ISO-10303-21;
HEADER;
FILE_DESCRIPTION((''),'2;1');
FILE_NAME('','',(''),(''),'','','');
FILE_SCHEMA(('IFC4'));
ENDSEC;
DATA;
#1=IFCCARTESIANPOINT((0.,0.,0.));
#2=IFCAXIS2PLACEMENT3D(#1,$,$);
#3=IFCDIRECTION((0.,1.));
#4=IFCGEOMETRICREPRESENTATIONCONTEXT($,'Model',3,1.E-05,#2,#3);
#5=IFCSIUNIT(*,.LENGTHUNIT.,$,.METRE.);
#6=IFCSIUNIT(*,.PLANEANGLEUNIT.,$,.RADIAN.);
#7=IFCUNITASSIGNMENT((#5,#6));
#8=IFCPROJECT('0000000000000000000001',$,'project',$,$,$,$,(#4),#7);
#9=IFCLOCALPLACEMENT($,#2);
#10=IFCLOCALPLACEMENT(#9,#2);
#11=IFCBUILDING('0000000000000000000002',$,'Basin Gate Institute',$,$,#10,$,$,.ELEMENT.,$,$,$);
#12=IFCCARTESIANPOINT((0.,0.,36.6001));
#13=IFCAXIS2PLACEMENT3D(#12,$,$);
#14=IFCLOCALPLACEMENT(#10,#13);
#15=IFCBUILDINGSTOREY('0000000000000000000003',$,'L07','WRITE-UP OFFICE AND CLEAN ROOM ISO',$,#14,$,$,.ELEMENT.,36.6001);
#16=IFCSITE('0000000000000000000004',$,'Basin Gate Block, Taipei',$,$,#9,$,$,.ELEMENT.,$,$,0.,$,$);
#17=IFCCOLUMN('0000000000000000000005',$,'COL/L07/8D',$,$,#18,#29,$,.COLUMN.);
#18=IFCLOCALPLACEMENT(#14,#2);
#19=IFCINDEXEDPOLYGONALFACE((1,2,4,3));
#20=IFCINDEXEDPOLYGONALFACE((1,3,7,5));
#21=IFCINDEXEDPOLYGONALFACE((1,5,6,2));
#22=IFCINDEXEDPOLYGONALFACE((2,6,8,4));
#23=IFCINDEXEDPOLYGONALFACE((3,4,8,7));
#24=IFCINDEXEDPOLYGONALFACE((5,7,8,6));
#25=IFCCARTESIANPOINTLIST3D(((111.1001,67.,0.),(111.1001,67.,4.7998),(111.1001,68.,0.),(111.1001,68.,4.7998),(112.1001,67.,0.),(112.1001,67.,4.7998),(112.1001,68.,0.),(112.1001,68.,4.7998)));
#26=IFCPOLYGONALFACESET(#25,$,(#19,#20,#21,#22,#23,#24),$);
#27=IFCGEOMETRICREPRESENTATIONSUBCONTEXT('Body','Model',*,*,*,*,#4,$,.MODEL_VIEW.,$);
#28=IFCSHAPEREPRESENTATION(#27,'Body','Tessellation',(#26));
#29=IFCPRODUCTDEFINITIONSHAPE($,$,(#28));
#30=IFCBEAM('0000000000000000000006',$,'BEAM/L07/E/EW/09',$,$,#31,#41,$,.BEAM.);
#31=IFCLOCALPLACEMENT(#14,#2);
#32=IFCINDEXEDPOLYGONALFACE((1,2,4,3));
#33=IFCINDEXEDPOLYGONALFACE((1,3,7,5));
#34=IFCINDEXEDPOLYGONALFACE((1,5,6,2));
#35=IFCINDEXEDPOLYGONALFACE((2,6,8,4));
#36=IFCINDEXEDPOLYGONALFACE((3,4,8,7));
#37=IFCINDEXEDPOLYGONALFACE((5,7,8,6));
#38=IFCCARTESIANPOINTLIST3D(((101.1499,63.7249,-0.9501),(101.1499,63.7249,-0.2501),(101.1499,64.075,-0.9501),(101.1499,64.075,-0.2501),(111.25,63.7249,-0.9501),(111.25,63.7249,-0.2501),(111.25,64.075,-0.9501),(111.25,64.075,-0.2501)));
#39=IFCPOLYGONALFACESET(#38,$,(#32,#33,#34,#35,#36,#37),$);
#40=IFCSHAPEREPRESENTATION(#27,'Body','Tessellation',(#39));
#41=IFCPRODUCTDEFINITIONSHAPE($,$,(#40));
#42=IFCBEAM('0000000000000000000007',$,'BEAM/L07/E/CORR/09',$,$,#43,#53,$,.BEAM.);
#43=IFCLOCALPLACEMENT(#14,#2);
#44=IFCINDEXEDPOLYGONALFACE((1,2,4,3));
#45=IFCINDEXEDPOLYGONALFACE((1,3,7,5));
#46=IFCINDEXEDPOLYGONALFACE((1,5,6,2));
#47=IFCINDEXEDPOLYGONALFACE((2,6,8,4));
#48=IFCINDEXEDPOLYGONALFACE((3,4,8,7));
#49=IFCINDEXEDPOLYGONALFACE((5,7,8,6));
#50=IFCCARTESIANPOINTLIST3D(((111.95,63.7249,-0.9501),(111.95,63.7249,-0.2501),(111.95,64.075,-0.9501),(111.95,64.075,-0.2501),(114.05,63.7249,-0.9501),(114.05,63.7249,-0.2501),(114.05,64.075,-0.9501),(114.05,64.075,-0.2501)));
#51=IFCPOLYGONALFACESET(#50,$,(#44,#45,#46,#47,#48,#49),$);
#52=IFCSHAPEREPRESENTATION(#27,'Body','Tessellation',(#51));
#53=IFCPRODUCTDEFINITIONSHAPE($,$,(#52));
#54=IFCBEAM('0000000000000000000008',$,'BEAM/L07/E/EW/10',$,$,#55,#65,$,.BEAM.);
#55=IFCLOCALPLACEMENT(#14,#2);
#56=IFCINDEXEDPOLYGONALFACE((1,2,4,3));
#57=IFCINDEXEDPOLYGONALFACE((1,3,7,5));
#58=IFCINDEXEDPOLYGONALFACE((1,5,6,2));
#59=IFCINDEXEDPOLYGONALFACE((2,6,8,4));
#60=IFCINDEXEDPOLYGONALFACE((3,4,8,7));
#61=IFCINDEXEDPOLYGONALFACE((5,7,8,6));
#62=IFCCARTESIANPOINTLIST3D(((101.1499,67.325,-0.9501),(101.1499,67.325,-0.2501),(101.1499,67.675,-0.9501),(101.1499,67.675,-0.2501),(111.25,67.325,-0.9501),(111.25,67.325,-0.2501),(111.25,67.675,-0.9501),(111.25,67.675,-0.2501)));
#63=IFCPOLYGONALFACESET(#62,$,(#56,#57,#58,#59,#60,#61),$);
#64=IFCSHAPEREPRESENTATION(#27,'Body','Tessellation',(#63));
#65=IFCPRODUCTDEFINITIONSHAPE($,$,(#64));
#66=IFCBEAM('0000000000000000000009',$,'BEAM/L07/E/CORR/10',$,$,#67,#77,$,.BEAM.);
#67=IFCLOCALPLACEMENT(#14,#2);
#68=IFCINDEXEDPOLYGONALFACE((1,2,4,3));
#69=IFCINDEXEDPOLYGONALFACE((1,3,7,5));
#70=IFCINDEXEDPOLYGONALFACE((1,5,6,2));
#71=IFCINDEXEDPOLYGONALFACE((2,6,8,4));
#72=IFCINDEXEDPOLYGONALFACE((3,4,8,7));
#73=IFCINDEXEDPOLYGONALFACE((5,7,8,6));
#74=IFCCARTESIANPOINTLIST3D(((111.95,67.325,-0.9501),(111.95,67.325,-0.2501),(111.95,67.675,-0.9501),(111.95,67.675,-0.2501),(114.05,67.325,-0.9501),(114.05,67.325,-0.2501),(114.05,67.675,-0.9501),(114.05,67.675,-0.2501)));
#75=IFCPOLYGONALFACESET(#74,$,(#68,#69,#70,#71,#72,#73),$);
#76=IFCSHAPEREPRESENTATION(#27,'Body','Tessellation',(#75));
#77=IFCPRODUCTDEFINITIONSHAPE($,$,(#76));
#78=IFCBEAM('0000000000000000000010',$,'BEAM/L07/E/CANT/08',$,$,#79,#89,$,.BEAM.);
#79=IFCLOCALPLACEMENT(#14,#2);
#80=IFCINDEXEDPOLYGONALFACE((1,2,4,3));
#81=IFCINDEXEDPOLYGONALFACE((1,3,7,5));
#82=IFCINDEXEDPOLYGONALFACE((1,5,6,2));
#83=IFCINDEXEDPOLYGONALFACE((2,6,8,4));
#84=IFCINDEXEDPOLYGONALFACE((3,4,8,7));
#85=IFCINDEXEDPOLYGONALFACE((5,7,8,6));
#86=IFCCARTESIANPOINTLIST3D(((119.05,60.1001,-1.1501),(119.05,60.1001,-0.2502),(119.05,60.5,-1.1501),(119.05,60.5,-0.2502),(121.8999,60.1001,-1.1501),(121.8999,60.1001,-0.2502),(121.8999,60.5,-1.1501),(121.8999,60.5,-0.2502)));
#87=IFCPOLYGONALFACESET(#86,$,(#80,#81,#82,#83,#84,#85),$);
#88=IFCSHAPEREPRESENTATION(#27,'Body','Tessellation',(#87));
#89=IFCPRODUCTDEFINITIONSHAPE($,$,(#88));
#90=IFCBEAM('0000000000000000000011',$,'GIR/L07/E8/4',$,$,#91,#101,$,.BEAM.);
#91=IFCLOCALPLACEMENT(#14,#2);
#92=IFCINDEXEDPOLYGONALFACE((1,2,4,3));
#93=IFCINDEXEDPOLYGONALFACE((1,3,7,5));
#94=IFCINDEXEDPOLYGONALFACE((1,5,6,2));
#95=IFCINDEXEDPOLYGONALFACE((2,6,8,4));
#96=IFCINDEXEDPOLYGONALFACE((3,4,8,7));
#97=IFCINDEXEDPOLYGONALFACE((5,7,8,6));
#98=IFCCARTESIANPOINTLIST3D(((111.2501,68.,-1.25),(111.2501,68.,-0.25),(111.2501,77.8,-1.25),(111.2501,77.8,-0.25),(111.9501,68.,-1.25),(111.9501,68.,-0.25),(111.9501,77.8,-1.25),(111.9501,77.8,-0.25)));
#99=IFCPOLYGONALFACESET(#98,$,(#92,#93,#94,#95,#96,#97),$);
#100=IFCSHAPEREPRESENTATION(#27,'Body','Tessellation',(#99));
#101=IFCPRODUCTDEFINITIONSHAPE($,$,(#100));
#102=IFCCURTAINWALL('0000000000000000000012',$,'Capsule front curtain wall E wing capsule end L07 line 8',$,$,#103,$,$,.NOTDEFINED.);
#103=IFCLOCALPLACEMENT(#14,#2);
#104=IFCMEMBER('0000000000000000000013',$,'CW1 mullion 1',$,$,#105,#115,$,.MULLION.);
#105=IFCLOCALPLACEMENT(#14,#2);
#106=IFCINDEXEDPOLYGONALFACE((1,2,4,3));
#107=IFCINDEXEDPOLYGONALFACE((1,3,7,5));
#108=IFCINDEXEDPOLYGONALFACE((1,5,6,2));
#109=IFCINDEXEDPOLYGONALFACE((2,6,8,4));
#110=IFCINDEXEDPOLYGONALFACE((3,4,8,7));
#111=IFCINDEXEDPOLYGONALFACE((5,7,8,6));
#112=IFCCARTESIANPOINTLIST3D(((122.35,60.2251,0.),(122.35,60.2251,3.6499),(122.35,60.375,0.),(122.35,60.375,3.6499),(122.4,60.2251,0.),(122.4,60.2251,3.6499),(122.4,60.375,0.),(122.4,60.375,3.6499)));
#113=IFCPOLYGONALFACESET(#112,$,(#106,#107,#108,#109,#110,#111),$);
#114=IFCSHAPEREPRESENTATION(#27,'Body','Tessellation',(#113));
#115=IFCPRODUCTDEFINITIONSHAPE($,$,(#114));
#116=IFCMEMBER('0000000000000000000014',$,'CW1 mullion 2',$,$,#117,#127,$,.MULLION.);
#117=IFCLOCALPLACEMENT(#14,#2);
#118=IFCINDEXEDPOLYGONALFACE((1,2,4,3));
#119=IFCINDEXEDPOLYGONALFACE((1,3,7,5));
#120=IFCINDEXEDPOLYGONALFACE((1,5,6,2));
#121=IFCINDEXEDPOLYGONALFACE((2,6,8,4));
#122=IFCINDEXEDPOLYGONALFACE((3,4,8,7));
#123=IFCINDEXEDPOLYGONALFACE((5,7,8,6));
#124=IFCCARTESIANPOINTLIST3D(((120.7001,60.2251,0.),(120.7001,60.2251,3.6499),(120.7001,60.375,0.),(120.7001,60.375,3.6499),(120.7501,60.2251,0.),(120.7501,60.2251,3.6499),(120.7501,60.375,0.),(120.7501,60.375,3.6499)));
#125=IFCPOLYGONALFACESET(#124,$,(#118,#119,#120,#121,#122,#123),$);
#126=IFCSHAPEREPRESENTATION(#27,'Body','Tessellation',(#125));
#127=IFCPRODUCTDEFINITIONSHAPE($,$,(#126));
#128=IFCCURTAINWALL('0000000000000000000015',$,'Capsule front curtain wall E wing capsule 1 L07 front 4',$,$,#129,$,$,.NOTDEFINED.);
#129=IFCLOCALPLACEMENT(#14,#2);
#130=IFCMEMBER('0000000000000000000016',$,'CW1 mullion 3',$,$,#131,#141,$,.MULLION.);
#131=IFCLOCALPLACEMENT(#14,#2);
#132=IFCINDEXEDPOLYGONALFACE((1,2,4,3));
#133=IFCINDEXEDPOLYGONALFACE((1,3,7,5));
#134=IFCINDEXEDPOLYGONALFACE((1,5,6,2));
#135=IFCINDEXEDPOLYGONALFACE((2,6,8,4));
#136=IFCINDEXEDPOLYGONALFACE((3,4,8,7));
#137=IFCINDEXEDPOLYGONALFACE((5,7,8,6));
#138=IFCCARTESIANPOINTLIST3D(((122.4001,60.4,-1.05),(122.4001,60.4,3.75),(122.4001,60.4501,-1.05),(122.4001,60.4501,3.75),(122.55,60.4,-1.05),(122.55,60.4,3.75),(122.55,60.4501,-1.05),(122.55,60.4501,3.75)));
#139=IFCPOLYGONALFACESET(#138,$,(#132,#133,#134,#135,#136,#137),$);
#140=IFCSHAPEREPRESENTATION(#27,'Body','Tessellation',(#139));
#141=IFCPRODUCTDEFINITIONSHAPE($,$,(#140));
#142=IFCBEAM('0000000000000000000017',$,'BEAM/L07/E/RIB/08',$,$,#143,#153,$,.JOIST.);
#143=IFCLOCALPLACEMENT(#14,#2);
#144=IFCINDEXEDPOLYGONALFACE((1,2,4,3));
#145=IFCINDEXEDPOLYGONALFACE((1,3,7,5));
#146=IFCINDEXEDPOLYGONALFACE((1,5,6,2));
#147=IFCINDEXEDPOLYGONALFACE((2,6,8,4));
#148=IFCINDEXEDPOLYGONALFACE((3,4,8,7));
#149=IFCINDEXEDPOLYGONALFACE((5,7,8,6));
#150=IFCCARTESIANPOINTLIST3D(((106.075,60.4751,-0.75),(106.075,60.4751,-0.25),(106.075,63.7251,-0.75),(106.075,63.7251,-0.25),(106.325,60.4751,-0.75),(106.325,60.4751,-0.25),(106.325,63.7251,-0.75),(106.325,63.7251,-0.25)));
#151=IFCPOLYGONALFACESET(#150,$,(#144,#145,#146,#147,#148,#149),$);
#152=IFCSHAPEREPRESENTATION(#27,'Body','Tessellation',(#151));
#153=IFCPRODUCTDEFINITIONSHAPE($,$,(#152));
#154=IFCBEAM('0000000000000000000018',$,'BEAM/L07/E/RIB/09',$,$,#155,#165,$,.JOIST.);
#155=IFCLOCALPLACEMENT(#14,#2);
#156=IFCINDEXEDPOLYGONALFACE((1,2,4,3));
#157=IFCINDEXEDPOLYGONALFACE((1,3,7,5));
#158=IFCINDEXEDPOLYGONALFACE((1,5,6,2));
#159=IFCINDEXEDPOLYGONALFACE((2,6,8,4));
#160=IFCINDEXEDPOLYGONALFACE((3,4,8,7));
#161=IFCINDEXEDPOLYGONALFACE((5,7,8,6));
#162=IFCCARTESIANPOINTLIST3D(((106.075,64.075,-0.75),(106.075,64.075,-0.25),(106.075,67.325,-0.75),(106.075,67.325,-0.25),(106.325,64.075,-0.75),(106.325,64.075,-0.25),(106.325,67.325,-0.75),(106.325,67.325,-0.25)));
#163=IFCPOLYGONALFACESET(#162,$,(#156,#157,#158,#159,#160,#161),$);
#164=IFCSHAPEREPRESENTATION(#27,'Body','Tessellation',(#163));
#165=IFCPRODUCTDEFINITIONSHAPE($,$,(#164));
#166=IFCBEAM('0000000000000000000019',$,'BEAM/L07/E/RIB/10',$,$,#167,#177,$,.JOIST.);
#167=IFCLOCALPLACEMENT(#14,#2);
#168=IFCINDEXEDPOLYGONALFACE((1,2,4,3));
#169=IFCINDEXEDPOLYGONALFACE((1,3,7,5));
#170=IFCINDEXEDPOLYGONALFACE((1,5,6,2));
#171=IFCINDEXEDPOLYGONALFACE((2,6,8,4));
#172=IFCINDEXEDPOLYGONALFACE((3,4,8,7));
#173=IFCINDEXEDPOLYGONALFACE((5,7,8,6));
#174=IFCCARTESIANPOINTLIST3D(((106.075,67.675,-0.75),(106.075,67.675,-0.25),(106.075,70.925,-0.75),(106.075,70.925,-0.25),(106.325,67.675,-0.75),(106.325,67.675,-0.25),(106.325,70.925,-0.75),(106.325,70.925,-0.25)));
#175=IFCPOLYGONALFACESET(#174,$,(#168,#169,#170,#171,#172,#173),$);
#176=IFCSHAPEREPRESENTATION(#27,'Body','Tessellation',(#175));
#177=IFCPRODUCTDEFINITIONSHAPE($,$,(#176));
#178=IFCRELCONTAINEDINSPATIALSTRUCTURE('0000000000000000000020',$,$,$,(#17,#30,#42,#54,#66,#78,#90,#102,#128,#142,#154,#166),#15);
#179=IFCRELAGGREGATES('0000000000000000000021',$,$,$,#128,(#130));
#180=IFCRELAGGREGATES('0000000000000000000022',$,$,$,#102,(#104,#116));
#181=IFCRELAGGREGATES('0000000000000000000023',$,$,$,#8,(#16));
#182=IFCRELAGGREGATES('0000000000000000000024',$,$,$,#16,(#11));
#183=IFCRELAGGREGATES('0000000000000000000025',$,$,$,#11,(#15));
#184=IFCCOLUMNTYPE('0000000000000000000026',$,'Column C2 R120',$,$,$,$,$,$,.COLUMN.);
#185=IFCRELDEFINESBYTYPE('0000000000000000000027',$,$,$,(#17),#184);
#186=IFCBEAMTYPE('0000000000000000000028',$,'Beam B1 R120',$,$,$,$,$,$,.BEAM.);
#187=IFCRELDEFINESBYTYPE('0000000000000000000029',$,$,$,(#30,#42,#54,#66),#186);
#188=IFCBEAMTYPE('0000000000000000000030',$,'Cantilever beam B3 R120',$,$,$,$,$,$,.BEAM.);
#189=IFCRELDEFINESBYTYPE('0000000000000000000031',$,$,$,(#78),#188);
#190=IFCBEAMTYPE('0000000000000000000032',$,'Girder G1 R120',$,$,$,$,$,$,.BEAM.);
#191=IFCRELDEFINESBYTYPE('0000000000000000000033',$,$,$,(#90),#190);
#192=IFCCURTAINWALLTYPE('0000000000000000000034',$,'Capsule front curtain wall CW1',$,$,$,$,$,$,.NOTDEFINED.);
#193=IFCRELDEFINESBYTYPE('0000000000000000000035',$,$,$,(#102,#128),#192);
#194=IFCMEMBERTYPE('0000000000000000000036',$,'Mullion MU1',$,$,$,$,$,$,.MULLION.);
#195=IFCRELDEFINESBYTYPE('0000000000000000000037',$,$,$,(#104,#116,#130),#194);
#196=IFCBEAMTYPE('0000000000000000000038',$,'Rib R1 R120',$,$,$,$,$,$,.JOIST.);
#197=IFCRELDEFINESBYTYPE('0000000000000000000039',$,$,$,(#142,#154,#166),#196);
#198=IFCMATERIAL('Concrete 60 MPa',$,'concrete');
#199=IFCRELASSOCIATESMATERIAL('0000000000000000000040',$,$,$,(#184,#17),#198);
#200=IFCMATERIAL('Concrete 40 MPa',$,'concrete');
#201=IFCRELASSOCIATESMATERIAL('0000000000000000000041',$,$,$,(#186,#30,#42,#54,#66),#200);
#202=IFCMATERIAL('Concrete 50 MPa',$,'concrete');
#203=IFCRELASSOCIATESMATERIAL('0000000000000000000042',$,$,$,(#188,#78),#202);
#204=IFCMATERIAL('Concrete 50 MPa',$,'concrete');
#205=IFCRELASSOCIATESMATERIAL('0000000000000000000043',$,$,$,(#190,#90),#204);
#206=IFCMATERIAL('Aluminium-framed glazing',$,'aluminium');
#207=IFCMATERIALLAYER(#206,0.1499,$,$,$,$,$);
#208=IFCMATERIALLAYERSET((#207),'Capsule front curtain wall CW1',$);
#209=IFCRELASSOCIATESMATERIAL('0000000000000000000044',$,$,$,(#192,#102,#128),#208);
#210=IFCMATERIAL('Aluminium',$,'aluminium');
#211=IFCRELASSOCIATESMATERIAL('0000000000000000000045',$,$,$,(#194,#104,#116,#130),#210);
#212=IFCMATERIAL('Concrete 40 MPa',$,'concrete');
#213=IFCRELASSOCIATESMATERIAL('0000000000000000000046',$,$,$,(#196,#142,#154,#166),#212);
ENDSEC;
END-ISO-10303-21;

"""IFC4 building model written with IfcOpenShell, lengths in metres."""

from ifc_helpers import new_model, si_unit, direction, frame, origin, origin_2d, place, context, subcontext, project, spatial, rectangle, extrude, material, layer, layer_set, material_profile, profile_set, type_object, element, aggregate, save


model = new_model("IFC4")

# Units and contexts
model_context = context("Model", 3, precision=1e-05, world=origin(), true_north=direction((0.0, 1.0)))
body_context = subcontext(model_context, "Body", "Model", "MODEL_VIEW")
ifc_project = project(units=[si_unit("LENGTHUNIT", "METRE"), si_unit("PLANEANGLEUNIT", "RADIAN")], contexts=[model_context])

# Site, building, storey
site_placement = place(None, origin())
site = spatial("IfcSite", under=ifc_project, at=site_placement, Name="Basin Gate Block, Taipei", CompositionType="ELEMENT", RefElevation=0.0)
building_placement = place(site_placement, origin())
building = spatial("IfcBuilding", under=site, at=building_placement, Name="Basin Gate Institute", CompositionType="ELEMENT")
storey_placement = place(building_placement, frame((0.0, 0.0, 36.6001)))
storey = spatial("IfcBuildingStorey", under=building, at=storey_placement, Name="L07", Description="WRITE-UP OFFICE AND CLEAN ROOM ISO", CompositionType="ELEMENT", Elevation=36.6001)

# Column
ifc_material_1 = material(Name="Concrete 60 MPa", Category="concrete")
ifc_material_profile_1 = material_profile(ifc_material_1, rectangle(XDim=1.0, YDim=1.0, at=origin_2d()), Name="Column C2 1000 x 1000")
ifc_profile_set_1 = profile_set([ifc_material_profile_1], Name="Concrete 60 MPa")
column_type = type_object("IfcColumnType", Name="Column C2 R120", PredefinedType="COLUMN", material=ifc_profile_set_1)
column_placement = place(storey_placement, frame((111.6001, 67.5, 0.0), z_axis=(0.0, 0.0, 1.0), x_axis=(1.0, 0.0, 0.0)))
element("IfcColumn", 1, at=column_placement, inside=storey, type_object=column_type, material=ifc_profile_set_1, Name="COL/L07/8D", PredefinedType="COLUMN", context=body_context, shape_type="SweptSolid", body=[
    extrude(rectangle(XDim=1.0, YDim=1.0, at=origin_2d()), origin(), (0.0, 0.0, 1.0), 4.7998),
])

# Beams
ifc_material_2 = material(Name="Concrete 40 MPa", Category="concrete")
ifc_material_profile_2 = material_profile(ifc_material_2, rectangle(XDim=0.3501, YDim=0.7, at=origin_2d()), Name="Beam B1 350 x 700")
ifc_profile_set_2 = profile_set([ifc_material_profile_2], Name="Concrete 40 MPa")
beam_type_1 = type_object("IfcBeamType", Name="Beam B1 R120", PredefinedType="BEAM", material=ifc_profile_set_2)
beam_1_placement = place(storey_placement, frame((111.25, 63.8999, -0.6001), z_axis=(-1.0, 0.0, 0.0), x_axis=(0.0, -1.0, 0.0)))
element("IfcBeam", 2, at=beam_1_placement, inside=storey, type_object=beam_type_1, material=ifc_profile_set_2, Name="BEAM/L07/E/EW/09", PredefinedType="BEAM", context=body_context, shape_type="SweptSolid", body=[
    extrude(rectangle(XDim=0.3501, YDim=0.7, at=origin_2d()), origin(), (0.0, 0.0, 1.0), 10.1001),
])
beam_2_placement = place(storey_placement, frame((114.05, 63.8999, -0.6001), z_axis=(-1.0, 0.0, 0.0), x_axis=(0.0, -1.0, 0.0)))
element("IfcBeam", 3, at=beam_2_placement, inside=storey, type_object=beam_type_1, material=ifc_profile_set_2, Name="BEAM/L07/E/CORR/09", PredefinedType="BEAM", context=body_context, shape_type="SweptSolid", body=[
    extrude(rectangle(XDim=0.3501, YDim=0.7, at=origin_2d()), origin(), (0.0, 0.0, 1.0), 2.1001),
])
beam_3_placement = place(storey_placement, frame((111.25, 67.5, -0.6001), z_axis=(-1.0, 0.0, 0.0), x_axis=(0.0, -1.0, 0.0)))
element("IfcBeam", 4, at=beam_3_placement, inside=storey, type_object=beam_type_1, material=ifc_profile_set_2, Name="BEAM/L07/E/EW/10", PredefinedType="BEAM", context=body_context, shape_type="SweptSolid", body=[
    extrude(rectangle(XDim=0.3501, YDim=0.7, at=origin_2d()), origin(), (0.0, 0.0, 1.0), 10.1001),
])
beam_4_placement = place(storey_placement, frame((114.05, 67.5, -0.6001), z_axis=(-1.0, 0.0, 0.0), x_axis=(0.0, -1.0, 0.0)))
element("IfcBeam", 5, at=beam_4_placement, inside=storey, type_object=beam_type_1, material=ifc_profile_set_2, Name="BEAM/L07/E/CORR/10", PredefinedType="BEAM", context=body_context, shape_type="SweptSolid", body=[
    extrude(rectangle(XDim=0.3501, YDim=0.7, at=origin_2d()), origin(), (0.0, 0.0, 1.0), 2.1001),
])
ifc_material_3 = material(Name="Concrete 50 MPa", Category="concrete")
ifc_material_profile_3 = material_profile(ifc_material_3, rectangle(XDim=0.3999, YDim=0.8999, at=origin_2d()), Name="Cantilever beam B3 400 x 900")
ifc_profile_set_3 = profile_set([ifc_material_profile_3], Name="Concrete 50 MPa")
beam_type_2 = type_object("IfcBeamType", Name="Cantilever beam B3 R120", PredefinedType="BEAM", material=ifc_profile_set_3)
beam_5_placement = place(storey_placement, frame((121.8999, 60.3, -0.7002), z_axis=(-1.0, 0.0, 0.0), x_axis=(0.0, -1.0, 0.0)))
element("IfcBeam", 6, at=beam_5_placement, inside=storey, type_object=beam_type_2, material=ifc_profile_set_3, Name="BEAM/L07/E/CANT/08", PredefinedType="BEAM", context=body_context, shape_type="SweptSolid", body=[
    extrude(rectangle(XDim=0.3999, YDim=0.8999, at=origin_2d()), origin(), (0.0, 0.0, 1.0), 2.8499),
])
ifc_material_4 = material(Name="Concrete 50 MPa", Category="concrete")
ifc_material_profile_4 = material_profile(ifc_material_4, rectangle(XDim=0.7, YDim=1.0, at=origin_2d()), Name="Girder G1 700 x 1000")
ifc_profile_set_4 = profile_set([ifc_material_profile_4], Name="Concrete 50 MPa")
beam_type_3 = type_object("IfcBeamType", Name="Girder G1 R120", PredefinedType="BEAM", material=ifc_profile_set_4)
beam_6_placement = place(storey_placement, frame((111.6001, 68.0, -0.75), z_axis=(0.0, 1.0, 0.0), x_axis=(-1.0, 0.0, 0.0)))
element("IfcBeam", 7, at=beam_6_placement, inside=storey, type_object=beam_type_3, material=ifc_profile_set_4, Name="GIR/L07/E8/4", PredefinedType="BEAM", context=body_context, shape_type="SweptSolid", body=[
    extrude(rectangle(XDim=0.7, YDim=1.0, at=origin_2d()), origin(), (0.0, 0.0, 1.0), 9.8),
])

# Curtain wall, members
ifc_material_5 = material(Name="Aluminium-framed glazing", Category="aluminium")
ifc_layer_1 = layer(ifc_material_5, 0.1499)
ifc_layer_set_1 = layer_set([ifc_layer_1], Name="Capsule front curtain wall CW1")
curtain_wall_type = type_object("IfcCurtainWallType", Name="Capsule front curtain wall CW1", PredefinedType="NOTDEFINED", material=ifc_layer_set_1)
curtain_wall_1_placement = place(storey_placement, origin())
curtain_wall_1 = element("IfcCurtainWall", 8, at=curtain_wall_1_placement, inside=storey, type_object=curtain_wall_type, material=ifc_layer_set_1, Name="Capsule front curtain wall E wing capsule end L07 line 8", PredefinedType="NOTDEFINED")
ifc_material_6 = material(Name="Aluminium", Category="aluminium")
ifc_material_profile_5 = material_profile(ifc_material_6, rectangle(XDim=0.1499, YDim=0.05, at=origin_2d()), Name="Mullion MU1 150 x 50")
ifc_profile_set_5 = profile_set([ifc_material_profile_5], Name="Aluminium")
member_type_1 = type_object("IfcMemberType", Name="Mullion MU1", PredefinedType="MULLION", material=ifc_profile_set_5)
member_1_placement = place(storey_placement, frame((122.375, 60.3, 0.0), z_axis=(0.0, 0.0, 1.0), x_axis=(0.0, -1.0, 0.0)))
member_1 = element("IfcMember", 9, at=member_1_placement, type_object=member_type_1, material=ifc_profile_set_5, Name="CW1 mullion 1", PredefinedType="MULLION", context=body_context, shape_type="SweptSolid", body=[
    extrude(rectangle(XDim=0.1499, YDim=0.05, at=origin_2d()), origin(), (0.0, 0.0, 1.0), 3.6499),
])
member_2_placement = place(storey_placement, frame((120.7251, 60.3, 0.0), z_axis=(0.0, 0.0, 1.0), x_axis=(0.0, -1.0, 0.0)))
member_2 = element("IfcMember", 10, at=member_2_placement, type_object=member_type_1, material=ifc_profile_set_5, Name="CW1 mullion 2", PredefinedType="MULLION", context=body_context, shape_type="SweptSolid", body=[
    extrude(rectangle(XDim=0.1499, YDim=0.05, at=origin_2d()), origin(), (0.0, 0.0, 1.0), 3.6499),
])

# Curtain wall, member
curtain_wall_2_placement = place(storey_placement, origin())
curtain_wall_2 = element("IfcCurtainWall", 11, at=curtain_wall_2_placement, inside=storey, type_object=curtain_wall_type, material=ifc_layer_set_1, Name="Capsule front curtain wall E wing capsule 1 L07 front 4", PredefinedType="NOTDEFINED")
member_3_placement = place(storey_placement, frame((122.4751, 60.425, -1.05), z_axis=(0.0, 0.0, 1.0), x_axis=(-1.0, 0.0, 0.0)))
member_3 = element("IfcMember", 12, at=member_3_placement, type_object=member_type_1, material=ifc_profile_set_5, Name="CW1 mullion 3", PredefinedType="MULLION", context=body_context, shape_type="SweptSolid", body=[
    extrude(rectangle(XDim=0.1499, YDim=0.05, at=origin_2d()), origin(), (0.0, 0.0, 1.0), 4.8),
])
aggregate(curtain_wall_2, [member_3])

# Beams
ifc_material_7 = material(Name="Concrete 40 MPa", Category="concrete")
ifc_material_profile_6 = material_profile(ifc_material_7, rectangle(XDim=0.25, YDim=0.5, at=origin_2d()), Name="Rib R1 250 x 500")
ifc_profile_set_6 = profile_set([ifc_material_profile_6], Name="Concrete 40 MPa")
beam_type_4 = type_object("IfcBeamType", Name="Rib R1 R120", PredefinedType="JOIST", material=ifc_profile_set_6)
for number, where, z_axis, x_axis, name in (
    (13, (106.2, 60.4751, -0.5), (0.0, 1.0, 0.0), (-1.0, 0.0, 0.0), "BEAM/L07/E/RIB/08"),
    (14, (106.2, 64.075, -0.5), (0.0, 1.0, 0.0), (-1.0, 0.0, 0.0), "BEAM/L07/E/RIB/09"),
    (15, (106.2, 67.675, -0.5), (0.0, 1.0, 0.0), (-1.0, 0.0, 0.0), "BEAM/L07/E/RIB/10"),
):
    element("IfcBeam", number, at=place(storey_placement, frame(where, z_axis=z_axis, x_axis=x_axis)), inside=storey, type_object=beam_type_4, material=ifc_profile_set_6, Name=name, PredefinedType="JOIST", context=body_context, shape_type="SweptSolid", body=[
        extrude(rectangle(XDim=0.25, YDim=0.5, at=origin_2d()), origin(), (0.0, 0.0, 1.0), 3.25),
    ])

aggregate(curtain_wall_1, [member_1, member_2])

save(model, "model.ifc")
